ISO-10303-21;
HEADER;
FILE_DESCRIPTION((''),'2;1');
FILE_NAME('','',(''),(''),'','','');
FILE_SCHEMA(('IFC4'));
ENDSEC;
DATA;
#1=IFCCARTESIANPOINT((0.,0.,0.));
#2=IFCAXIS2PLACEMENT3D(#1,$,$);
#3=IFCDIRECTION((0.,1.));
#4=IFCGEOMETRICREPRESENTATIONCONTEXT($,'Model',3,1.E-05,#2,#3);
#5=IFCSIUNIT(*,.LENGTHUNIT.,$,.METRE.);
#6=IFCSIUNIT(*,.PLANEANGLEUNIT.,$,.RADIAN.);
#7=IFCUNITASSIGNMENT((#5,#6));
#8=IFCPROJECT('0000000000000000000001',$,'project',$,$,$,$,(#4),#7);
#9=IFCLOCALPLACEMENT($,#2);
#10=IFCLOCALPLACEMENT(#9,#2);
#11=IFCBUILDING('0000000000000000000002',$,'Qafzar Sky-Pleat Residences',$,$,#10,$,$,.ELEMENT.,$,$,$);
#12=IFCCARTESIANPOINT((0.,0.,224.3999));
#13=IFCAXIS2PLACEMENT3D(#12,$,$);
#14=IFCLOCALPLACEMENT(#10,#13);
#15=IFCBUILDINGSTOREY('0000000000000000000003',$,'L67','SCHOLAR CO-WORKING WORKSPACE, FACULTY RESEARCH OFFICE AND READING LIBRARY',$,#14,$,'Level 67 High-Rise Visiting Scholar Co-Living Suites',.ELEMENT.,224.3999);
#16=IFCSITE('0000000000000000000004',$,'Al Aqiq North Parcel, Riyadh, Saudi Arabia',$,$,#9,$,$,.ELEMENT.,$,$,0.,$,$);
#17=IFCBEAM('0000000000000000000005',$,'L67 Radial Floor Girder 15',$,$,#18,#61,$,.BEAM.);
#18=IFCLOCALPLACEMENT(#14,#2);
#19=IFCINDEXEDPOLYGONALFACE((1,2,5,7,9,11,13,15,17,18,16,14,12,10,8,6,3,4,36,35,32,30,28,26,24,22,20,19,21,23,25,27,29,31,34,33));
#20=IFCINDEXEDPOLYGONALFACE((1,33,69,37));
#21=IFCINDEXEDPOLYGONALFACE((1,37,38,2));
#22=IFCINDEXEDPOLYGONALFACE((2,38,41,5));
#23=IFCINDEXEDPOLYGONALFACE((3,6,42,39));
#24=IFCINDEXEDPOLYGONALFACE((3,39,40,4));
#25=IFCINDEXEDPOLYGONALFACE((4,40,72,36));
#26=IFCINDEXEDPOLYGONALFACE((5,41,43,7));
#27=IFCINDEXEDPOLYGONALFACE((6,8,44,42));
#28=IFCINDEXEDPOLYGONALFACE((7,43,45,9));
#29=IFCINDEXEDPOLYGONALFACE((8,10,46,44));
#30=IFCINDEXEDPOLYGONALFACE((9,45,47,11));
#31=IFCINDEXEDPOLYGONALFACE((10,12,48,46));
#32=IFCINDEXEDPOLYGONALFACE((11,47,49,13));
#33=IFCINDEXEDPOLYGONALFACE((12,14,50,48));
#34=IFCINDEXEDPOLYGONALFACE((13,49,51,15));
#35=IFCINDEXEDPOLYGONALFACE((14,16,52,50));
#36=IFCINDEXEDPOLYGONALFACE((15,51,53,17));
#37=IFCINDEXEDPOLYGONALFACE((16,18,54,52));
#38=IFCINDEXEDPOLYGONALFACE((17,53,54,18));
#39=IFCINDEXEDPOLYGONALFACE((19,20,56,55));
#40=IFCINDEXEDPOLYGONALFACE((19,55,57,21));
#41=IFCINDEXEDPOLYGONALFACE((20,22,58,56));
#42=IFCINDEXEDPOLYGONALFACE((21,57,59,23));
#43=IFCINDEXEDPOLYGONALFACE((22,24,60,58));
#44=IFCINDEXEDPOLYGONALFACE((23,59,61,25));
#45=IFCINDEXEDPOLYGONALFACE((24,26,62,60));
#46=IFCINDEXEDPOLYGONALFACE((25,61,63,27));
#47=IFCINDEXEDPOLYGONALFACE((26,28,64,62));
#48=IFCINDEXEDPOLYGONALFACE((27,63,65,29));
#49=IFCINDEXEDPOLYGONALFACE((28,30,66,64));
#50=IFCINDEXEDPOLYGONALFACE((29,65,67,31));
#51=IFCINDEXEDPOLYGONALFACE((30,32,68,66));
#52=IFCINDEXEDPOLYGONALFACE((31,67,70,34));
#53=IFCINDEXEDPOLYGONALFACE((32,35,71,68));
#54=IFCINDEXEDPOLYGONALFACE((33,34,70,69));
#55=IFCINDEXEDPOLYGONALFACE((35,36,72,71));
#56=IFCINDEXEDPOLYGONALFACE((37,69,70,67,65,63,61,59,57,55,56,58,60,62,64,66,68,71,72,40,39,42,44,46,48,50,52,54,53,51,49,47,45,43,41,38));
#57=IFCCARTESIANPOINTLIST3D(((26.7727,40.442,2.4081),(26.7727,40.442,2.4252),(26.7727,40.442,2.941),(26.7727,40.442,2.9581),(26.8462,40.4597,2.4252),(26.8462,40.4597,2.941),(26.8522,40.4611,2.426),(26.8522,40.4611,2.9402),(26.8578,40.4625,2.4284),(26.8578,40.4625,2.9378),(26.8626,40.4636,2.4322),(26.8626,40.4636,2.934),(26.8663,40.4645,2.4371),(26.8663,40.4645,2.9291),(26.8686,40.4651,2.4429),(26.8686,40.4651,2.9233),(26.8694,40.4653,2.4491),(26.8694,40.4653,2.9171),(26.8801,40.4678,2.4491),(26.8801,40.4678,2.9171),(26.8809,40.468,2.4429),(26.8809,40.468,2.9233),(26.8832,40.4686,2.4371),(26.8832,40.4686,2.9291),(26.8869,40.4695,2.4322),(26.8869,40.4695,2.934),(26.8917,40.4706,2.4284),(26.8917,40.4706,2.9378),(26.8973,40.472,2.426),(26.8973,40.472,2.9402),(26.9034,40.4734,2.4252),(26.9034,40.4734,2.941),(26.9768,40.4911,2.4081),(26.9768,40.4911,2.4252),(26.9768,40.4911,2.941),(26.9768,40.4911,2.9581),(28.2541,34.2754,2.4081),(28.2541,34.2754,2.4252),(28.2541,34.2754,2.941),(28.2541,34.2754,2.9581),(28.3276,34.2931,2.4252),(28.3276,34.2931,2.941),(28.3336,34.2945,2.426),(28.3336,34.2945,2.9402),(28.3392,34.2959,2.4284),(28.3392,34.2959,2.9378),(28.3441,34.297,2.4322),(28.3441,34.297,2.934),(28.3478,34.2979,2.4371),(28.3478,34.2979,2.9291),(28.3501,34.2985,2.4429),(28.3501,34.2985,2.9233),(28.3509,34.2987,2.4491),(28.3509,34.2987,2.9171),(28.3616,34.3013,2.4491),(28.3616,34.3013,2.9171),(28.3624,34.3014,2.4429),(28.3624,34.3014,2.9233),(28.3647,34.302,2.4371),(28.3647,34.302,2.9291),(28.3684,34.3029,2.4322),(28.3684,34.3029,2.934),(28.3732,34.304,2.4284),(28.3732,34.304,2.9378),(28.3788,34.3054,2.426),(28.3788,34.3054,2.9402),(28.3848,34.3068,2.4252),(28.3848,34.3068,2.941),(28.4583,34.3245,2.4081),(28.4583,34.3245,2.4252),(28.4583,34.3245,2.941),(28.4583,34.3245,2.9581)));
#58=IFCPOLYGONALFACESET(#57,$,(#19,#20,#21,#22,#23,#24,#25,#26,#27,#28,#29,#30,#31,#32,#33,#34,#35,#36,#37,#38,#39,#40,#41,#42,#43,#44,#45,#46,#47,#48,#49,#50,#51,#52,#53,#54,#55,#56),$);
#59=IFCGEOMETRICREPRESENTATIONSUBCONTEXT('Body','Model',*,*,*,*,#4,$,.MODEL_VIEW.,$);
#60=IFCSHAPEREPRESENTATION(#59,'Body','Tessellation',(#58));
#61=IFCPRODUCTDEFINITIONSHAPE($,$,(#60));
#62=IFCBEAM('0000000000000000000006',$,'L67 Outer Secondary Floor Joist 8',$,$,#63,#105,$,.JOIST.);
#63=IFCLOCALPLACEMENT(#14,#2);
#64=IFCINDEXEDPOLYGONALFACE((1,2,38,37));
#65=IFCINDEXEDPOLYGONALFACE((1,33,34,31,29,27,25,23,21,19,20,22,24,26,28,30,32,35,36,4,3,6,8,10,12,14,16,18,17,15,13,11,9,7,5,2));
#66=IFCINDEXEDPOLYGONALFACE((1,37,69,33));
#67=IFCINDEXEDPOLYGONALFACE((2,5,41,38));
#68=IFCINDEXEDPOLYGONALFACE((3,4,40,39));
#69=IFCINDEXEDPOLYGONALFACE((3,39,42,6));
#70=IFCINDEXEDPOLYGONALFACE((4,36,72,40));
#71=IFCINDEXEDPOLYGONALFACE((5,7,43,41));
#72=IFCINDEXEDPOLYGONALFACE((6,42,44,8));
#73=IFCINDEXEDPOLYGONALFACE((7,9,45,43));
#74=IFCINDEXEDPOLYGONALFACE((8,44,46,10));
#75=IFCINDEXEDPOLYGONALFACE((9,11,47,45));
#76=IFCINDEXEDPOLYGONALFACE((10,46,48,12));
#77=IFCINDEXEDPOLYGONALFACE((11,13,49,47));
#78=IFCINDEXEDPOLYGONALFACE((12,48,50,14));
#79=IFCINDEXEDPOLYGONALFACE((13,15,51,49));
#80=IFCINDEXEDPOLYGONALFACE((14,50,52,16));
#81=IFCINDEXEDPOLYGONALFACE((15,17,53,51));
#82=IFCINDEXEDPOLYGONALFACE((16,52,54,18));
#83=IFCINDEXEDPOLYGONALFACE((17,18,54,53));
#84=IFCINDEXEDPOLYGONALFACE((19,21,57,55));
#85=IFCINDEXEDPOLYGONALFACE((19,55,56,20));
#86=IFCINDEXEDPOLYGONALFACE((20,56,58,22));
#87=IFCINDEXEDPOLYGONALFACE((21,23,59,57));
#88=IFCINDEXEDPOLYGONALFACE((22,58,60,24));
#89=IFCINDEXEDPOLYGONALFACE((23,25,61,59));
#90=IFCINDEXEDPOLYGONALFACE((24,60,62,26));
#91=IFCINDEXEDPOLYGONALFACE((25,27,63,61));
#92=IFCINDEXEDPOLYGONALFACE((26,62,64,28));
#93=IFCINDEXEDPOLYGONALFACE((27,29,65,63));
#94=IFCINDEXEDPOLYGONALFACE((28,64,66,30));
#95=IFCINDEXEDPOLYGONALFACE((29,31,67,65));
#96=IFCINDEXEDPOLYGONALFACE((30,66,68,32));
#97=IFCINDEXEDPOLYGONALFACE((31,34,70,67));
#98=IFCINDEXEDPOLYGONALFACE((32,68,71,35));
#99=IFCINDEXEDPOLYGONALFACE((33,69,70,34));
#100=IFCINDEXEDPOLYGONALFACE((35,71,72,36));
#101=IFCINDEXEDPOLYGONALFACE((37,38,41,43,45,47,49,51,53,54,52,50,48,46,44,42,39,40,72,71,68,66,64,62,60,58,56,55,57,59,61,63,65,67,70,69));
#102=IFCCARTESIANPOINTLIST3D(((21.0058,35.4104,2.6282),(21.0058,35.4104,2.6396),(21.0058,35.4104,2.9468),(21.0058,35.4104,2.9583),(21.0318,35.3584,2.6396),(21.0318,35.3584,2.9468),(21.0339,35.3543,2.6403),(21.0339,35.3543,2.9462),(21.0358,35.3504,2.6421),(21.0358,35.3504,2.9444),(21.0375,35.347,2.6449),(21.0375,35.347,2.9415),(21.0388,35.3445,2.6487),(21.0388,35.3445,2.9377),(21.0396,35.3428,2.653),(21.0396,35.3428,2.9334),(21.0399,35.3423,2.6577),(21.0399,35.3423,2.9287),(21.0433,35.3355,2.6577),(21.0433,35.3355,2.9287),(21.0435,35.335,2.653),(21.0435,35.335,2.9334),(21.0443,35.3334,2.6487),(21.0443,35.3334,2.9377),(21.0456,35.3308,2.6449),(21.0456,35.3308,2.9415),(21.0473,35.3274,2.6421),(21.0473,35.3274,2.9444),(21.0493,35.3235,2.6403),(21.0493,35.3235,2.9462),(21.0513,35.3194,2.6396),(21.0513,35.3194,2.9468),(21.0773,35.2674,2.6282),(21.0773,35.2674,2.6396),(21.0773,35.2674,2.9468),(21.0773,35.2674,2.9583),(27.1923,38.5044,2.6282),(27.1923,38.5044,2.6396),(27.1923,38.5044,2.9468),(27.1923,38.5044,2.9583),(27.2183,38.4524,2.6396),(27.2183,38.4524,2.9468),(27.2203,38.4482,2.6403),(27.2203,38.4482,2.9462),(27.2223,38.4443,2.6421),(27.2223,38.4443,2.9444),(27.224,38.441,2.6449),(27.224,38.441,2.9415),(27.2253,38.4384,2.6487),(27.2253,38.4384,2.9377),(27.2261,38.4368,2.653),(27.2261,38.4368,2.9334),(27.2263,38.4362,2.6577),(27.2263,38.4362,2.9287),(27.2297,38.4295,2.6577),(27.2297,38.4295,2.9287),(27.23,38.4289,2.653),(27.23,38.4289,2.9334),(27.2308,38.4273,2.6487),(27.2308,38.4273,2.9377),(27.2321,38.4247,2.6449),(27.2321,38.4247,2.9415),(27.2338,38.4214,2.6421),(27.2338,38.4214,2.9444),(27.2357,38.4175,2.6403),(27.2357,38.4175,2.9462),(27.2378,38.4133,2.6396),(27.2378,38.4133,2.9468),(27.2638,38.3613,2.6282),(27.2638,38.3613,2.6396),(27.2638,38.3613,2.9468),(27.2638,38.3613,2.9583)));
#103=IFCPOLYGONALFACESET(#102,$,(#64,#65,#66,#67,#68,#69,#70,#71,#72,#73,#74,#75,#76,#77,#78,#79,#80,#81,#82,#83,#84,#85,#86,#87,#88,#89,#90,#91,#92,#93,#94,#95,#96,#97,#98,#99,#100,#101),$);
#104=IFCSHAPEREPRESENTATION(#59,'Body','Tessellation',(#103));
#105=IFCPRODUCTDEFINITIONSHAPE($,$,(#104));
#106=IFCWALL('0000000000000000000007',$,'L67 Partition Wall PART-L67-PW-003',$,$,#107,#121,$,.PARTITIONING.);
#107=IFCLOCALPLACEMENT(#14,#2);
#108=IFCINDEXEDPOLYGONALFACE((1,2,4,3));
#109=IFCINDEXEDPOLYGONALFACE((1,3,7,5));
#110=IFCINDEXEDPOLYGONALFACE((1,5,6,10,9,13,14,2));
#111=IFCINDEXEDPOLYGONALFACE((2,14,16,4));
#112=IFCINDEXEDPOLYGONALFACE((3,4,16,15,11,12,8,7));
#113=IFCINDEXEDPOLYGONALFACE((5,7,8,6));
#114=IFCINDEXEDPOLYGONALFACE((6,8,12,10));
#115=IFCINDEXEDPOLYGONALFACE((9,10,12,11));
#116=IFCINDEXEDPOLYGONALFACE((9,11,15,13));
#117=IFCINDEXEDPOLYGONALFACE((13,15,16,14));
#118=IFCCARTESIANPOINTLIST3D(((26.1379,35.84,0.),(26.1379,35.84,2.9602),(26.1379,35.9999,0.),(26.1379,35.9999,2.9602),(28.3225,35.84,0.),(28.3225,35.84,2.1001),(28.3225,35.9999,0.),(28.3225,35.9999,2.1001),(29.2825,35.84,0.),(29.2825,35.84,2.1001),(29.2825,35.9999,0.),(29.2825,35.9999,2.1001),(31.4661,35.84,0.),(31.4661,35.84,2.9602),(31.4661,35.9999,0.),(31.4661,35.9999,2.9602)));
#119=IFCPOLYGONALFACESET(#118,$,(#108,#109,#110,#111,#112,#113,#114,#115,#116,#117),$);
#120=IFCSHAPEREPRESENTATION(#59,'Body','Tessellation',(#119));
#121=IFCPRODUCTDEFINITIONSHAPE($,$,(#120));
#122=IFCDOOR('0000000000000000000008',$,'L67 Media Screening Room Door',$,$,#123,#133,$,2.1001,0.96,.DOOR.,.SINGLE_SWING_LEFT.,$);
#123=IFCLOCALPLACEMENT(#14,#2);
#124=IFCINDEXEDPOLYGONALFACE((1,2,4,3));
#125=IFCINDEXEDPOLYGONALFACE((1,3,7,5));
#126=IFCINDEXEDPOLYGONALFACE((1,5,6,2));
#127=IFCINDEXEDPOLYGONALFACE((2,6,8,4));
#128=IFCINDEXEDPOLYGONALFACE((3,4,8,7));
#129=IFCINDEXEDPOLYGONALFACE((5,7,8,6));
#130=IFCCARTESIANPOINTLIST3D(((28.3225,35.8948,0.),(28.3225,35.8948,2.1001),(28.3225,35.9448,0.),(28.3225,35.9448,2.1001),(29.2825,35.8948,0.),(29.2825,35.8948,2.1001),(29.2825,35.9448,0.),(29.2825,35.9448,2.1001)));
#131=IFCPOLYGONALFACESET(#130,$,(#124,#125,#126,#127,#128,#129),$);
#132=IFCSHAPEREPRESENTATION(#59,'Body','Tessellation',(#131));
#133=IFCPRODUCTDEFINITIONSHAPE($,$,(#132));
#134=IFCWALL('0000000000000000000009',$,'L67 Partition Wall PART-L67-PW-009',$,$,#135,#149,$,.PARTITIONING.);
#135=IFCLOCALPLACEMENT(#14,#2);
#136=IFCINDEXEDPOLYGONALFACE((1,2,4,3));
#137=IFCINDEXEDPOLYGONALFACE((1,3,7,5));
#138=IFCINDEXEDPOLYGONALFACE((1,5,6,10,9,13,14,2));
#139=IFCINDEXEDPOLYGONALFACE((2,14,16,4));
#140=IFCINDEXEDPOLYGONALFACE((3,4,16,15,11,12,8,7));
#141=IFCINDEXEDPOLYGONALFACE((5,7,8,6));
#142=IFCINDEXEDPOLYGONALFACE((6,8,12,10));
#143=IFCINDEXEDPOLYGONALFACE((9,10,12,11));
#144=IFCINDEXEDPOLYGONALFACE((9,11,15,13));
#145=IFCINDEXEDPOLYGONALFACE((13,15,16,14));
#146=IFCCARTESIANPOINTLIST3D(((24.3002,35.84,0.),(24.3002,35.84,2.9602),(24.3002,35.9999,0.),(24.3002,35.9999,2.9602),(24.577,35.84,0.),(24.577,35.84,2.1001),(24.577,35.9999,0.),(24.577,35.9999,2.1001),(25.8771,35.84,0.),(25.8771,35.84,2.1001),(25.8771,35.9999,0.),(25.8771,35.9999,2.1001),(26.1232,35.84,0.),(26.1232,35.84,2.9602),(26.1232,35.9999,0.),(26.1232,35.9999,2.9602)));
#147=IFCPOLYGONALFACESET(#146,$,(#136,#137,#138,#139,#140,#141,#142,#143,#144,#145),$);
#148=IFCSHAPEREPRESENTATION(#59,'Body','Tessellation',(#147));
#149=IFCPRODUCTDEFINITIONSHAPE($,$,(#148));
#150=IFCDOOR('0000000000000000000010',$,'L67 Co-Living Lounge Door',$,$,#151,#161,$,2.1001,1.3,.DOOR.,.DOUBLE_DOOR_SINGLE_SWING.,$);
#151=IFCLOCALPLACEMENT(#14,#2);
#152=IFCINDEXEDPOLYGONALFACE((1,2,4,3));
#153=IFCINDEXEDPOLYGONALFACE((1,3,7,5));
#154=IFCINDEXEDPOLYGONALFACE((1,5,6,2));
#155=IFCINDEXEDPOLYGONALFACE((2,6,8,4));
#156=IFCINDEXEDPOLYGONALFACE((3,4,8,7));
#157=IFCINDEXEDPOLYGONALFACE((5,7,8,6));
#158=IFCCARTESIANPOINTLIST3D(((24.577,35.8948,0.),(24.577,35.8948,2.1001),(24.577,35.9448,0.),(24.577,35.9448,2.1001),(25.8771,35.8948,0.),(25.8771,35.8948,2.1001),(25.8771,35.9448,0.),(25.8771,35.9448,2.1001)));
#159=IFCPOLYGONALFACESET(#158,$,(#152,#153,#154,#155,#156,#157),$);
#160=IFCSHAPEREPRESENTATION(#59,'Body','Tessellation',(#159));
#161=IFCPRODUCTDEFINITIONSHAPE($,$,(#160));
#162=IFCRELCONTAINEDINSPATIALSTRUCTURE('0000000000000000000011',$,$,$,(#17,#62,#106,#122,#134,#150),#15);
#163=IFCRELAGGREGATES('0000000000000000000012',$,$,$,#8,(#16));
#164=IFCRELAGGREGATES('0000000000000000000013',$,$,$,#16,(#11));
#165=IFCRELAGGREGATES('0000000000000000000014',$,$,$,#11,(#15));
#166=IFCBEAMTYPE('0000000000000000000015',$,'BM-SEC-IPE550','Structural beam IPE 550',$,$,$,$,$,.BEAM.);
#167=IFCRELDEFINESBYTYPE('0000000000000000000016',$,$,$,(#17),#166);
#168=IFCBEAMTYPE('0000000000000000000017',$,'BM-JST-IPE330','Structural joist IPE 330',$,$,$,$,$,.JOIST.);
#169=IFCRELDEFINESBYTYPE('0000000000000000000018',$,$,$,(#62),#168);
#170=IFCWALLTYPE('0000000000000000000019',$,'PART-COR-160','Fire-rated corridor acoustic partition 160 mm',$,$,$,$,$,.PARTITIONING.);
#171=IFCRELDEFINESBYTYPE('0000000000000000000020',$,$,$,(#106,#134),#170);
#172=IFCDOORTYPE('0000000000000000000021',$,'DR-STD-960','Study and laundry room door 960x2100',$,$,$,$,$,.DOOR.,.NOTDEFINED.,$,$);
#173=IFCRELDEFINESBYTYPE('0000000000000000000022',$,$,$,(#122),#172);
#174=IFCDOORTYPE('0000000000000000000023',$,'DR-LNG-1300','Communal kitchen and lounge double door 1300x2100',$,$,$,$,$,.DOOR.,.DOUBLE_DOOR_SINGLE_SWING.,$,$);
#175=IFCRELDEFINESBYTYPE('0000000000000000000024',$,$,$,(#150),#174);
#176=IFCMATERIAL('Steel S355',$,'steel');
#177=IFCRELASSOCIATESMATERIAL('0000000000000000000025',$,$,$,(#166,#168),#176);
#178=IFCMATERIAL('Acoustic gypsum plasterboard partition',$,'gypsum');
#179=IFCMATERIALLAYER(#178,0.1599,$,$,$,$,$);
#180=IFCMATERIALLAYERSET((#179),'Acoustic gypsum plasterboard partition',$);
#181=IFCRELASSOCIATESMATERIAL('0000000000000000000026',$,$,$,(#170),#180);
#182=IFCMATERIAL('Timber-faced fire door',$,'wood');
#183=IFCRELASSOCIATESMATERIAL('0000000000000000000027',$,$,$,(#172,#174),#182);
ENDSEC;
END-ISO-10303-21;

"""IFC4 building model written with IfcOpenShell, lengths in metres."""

from ifc_helpers import new_model, si_unit, direction, frame, frame_2d, origin, origin_2d, place, context, subcontext, project, spatial, rectangle, i_section, extrude, source, transform, mapped, material, layer, layer_set, material_profile, profile_set, type_object, element, fill, save


model = new_model("IFC4")

# Units and contexts
model_context = context("Model", 3, precision=1e-05, world=origin(), true_north=direction((0.0, 1.0)))
body_context = subcontext(model_context, "Body", "Model", "MODEL_VIEW")
ifc_project = project(units=[si_unit("LENGTHUNIT", "METRE"), si_unit("PLANEANGLEUNIT", "RADIAN")], contexts=[model_context])

# Site, building, storey
site_placement = place(None, origin())
site = spatial("IfcSite", under=ifc_project, at=site_placement, Name="Al Aqiq North Parcel, Riyadh, Saudi Arabia", CompositionType="ELEMENT", RefElevation=0.0)
building_placement = place(site_placement, origin())
building = spatial("IfcBuilding", under=site, at=building_placement, Name="Qafzar Sky-Pleat Residences", CompositionType="ELEMENT")
storey_placement = place(building_placement, frame((0.0, 0.0, 224.3999)))
storey = spatial("IfcBuildingStorey", under=building, at=storey_placement, Name="L67", Description="SCHOLAR CO-WORKING WORKSPACE, FACULTY RESEARCH OFFICE AND READING LIBRARY", LongName="Level 67 High-Rise Visiting Scholar Co-Living Suites", CompositionType="ELEMENT", Elevation=224.3999)

# Shared definitions
ifc_material_1 = material(Name="Steel S355", Category="steel")

# Beams
ifc_material_profile_1 = material_profile(ifc_material_1, i_section(OverallWidth=0.21, OverallDepth=0.55, WebThickness=0.011, FlangeThickness=0.0171, FilletRadius=0.0239, at=origin_2d()), Name="IPE 550")
ifc_profile_set_1 = profile_set([ifc_material_profile_1], Name="Steel S355")
beam_type_1 = type_object("IfcBeamType", Name="BM-SEC-IPE550", Description="Structural beam IPE 550", PredefinedType="BEAM", material=ifc_profile_set_1)
shared_shape_1 = source(origin(), body_context, "Body", "SweptSolid", [
    extrude(i_section(OverallWidth=0.21, OverallDepth=0.55, WebThickness=0.011, FlangeThickness=0.0171, FilletRadius=0.0239, at=origin_2d()), origin(), (0.0, 0.0, 1.0), 6.342),
])
beam_1_placement = place(storey_placement, frame((26.8748, 40.4666, 2.6831), z_axis=(0.233594, -0.972334, 0.0), x_axis=(0.972334, 0.233594, 0.0)))
element("IfcBeam", 1, at=beam_1_placement, inside=storey, type_object=beam_type_1, Name="L67 Radial Floor Girder 15", PredefinedType="BEAM", context=body_context, shape_type="MappedRepresentation", body=[
    mapped(shared_shape_1, transform((0.0, 0.0, 0.0), x_axis=(1.0, 0.0, 0.0), y_axis=(0.0, 1.0, 0.0), z_axis=(0.0, 0.0, 1.0), scale=1.0)),
])
ifc_material_profile_2 = material_profile(ifc_material_1, i_section(OverallWidth=0.1599, OverallDepth=0.3301, WebThickness=0.0076, FlangeThickness=0.0115, FilletRadius=0.0181, at=origin_2d()), Name="IPE 330")
ifc_profile_set_2 = profile_set([ifc_material_profile_2], Name="Steel S355")
beam_type_2 = type_object("IfcBeamType", Name="BM-JST-IPE330", Description="Structural joist IPE 330", PredefinedType="JOIST", material=ifc_profile_set_2)
shared_shape_2 = source(origin(), body_context, "Body", "SweptSolid", [
    extrude(i_section(OverallWidth=0.1599, OverallDepth=0.3301, WebThickness=0.0076, FlangeThickness=0.0115, FilletRadius=0.0181, at=origin_2d()), origin(), (0.0, 0.0, 1.0), 6.917),
])
beam_2_placement = place(storey_placement, frame((27.228, 38.4329, 2.7932), z_axis=(-0.894385, -0.447298, 0.0), x_axis=(0.447298, -0.894385, 0.0)))
element("IfcBeam", 2, at=beam_2_placement, inside=storey, type_object=beam_type_2, Name="L67 Outer Secondary Floor Joist 8", PredefinedType="JOIST", context=body_context, shape_type="MappedRepresentation", body=[
    mapped(shared_shape_2, transform((0.0, 0.0, 0.0), x_axis=(1.0, 0.0, 0.0), y_axis=(0.0, 1.0, 0.0), z_axis=(0.0, 0.0, 1.0), scale=1.0)),
])

# Walls, openings, doors
ifc_material_2 = material(Name="Acoustic gypsum plasterboard partition", Category="gypsum")
ifc_layer_1 = layer(ifc_material_2, 0.1599)
ifc_layer_set_1 = layer_set([ifc_layer_1], Name="Acoustic gypsum plasterboard partition")
wall_type_1 = type_object("IfcWallType", Name="PART-COR-160", Description="Fire-rated corridor acoustic partition 160 mm", PredefinedType="PARTITIONING", material=ifc_layer_set_1)
wall_1_placement = place(storey_placement, frame((26.1379, 35.9199, 0.0), z_axis=(0.0, 0.0, 1.0), x_axis=(1.0, 0.0, 0.0)))
wall_1 = element("IfcWall", 3, at=wall_1_placement, inside=storey, type_object=wall_type_1, Name="L67 Partition Wall PART-L67-PW-003", PredefinedType="PARTITIONING", context=body_context, shape_type="SweptSolid", body=[
    extrude(rectangle(XDim=5.3281, YDim=0.1599, at=frame_2d((2.6641, 0.0))), origin(), (0.0, 0.0, 1.0), 2.9602),
])
opening_1_placement = place(wall_1_placement, frame((2.1846, 0.0, 0.0)))
opening_1 = element("IfcOpeningElement", 4, at=opening_1_placement, cuts=wall_1, PredefinedType="OPENING", context=body_context, shape_type="SweptSolid", body=[
    extrude(rectangle(XDim=0.96, YDim=2.1001, at=frame_2d((0.48, 1.05))), frame((0.0, 0.0898, 0.0), z_axis=(0.0, -1.0, 0.0), x_axis=(1.0, 0.0, 0.0)), (0.0, 0.0, 1.0), 0.1799),
])
ifc_material_3 = material(Name="Timber-faced fire door", Category="wood")
door_type_1 = type_object("IfcDoorType", Name="DR-STD-960", Description="Study and laundry room door 960x2100", OperationType="NOTDEFINED", PredefinedType="DOOR", material=ifc_material_3)
shared_shape_3 = source(origin(), body_context, "Body", "SweptSolid", [
    extrude(rectangle(XDim=0.96, YDim=2.1001, at=frame_2d((0.48, 1.05))), frame((0.0, 0.0249, 0.0), z_axis=(0.0, -1.0, 0.0), x_axis=(1.0, 0.0, 0.0)), (0.0, 0.0, 1.0), 0.05),
])
door_1_placement = place(opening_1_placement, origin())
door_1 = element("IfcDoor", 5, at=door_1_placement, inside=storey, type_object=door_type_1, Name="L67 Media Screening Room Door", OperationType="SINGLE_SWING_LEFT", OverallHeight=2.1001, OverallWidth=0.96, PredefinedType="DOOR", context=body_context, shape_type="MappedRepresentation", body=[
    mapped(shared_shape_3, transform((0.0, 0.0, 0.0), x_axis=(1.0, 0.0, 0.0), y_axis=(0.0, 1.0, 0.0), z_axis=(0.0, 0.0, 1.0), scale=1.0)),
])
fill(opening_1, door_1)
wall_2_placement = place(storey_placement, frame((24.3, 35.9199, 0.0), z_axis=(0.0, 0.0, 1.0), x_axis=(1.0, 0.0, 0.0)))
wall_2 = element("IfcWall", 6, at=wall_2_placement, inside=storey, type_object=wall_type_1, Name="L67 Partition Wall PART-L67-PW-009", PredefinedType="PARTITIONING", context=body_context, shape_type="SweptSolid", body=[
    extrude(rectangle(XDim=1.823, YDim=0.1599, at=frame_2d((0.9116, 0.0))), origin(), (0.0, 0.0, 1.0), 2.9602),
])
opening_2_placement = place(wall_2_placement, frame((0.2771, 0.0, 0.0)))
opening_2 = element("IfcOpeningElement", 7, at=opening_2_placement, cuts=wall_2, PredefinedType="OPENING", context=body_context, shape_type="SweptSolid", body=[
    extrude(rectangle(XDim=1.3, YDim=2.1001, at=frame_2d((0.6499, 1.05))), frame((0.0, 0.0898, 0.0), z_axis=(0.0, -1.0, 0.0), x_axis=(1.0, 0.0, 0.0)), (0.0, 0.0, 1.0), 0.1799),
])
door_type_2 = type_object("IfcDoorType", Name="DR-LNG-1300", Description="Communal kitchen and lounge double door 1300x2100", OperationType="DOUBLE_DOOR_SINGLE_SWING", PredefinedType="DOOR", material=ifc_material_3)
shared_shape_4 = source(origin(), body_context, "Body", "SweptSolid", [
    extrude(rectangle(XDim=1.3, YDim=2.1001, at=frame_2d((0.6499, 1.05))), frame((0.0, 0.0249, 0.0), z_axis=(0.0, -1.0, 0.0), x_axis=(1.0, 0.0, 0.0)), (0.0, 0.0, 1.0), 0.05),
])
door_2_placement = place(opening_2_placement, origin())
door_2 = element("IfcDoor", 8, at=door_2_placement, inside=storey, type_object=door_type_2, Name="L67 Co-Living Lounge Door", OperationType="DOUBLE_DOOR_SINGLE_SWING", OverallHeight=2.1001, OverallWidth=1.3, PredefinedType="DOOR", context=body_context, shape_type="MappedRepresentation", body=[
    mapped(shared_shape_4, transform((0.0, 0.0, 0.0), x_axis=(1.0, 0.0, 0.0), y_axis=(0.0, 1.0, 0.0), z_axis=(0.0, 0.0, 1.0), scale=1.0)),
])
fill(opening_2, door_2)

save(model, "model.ifc")
